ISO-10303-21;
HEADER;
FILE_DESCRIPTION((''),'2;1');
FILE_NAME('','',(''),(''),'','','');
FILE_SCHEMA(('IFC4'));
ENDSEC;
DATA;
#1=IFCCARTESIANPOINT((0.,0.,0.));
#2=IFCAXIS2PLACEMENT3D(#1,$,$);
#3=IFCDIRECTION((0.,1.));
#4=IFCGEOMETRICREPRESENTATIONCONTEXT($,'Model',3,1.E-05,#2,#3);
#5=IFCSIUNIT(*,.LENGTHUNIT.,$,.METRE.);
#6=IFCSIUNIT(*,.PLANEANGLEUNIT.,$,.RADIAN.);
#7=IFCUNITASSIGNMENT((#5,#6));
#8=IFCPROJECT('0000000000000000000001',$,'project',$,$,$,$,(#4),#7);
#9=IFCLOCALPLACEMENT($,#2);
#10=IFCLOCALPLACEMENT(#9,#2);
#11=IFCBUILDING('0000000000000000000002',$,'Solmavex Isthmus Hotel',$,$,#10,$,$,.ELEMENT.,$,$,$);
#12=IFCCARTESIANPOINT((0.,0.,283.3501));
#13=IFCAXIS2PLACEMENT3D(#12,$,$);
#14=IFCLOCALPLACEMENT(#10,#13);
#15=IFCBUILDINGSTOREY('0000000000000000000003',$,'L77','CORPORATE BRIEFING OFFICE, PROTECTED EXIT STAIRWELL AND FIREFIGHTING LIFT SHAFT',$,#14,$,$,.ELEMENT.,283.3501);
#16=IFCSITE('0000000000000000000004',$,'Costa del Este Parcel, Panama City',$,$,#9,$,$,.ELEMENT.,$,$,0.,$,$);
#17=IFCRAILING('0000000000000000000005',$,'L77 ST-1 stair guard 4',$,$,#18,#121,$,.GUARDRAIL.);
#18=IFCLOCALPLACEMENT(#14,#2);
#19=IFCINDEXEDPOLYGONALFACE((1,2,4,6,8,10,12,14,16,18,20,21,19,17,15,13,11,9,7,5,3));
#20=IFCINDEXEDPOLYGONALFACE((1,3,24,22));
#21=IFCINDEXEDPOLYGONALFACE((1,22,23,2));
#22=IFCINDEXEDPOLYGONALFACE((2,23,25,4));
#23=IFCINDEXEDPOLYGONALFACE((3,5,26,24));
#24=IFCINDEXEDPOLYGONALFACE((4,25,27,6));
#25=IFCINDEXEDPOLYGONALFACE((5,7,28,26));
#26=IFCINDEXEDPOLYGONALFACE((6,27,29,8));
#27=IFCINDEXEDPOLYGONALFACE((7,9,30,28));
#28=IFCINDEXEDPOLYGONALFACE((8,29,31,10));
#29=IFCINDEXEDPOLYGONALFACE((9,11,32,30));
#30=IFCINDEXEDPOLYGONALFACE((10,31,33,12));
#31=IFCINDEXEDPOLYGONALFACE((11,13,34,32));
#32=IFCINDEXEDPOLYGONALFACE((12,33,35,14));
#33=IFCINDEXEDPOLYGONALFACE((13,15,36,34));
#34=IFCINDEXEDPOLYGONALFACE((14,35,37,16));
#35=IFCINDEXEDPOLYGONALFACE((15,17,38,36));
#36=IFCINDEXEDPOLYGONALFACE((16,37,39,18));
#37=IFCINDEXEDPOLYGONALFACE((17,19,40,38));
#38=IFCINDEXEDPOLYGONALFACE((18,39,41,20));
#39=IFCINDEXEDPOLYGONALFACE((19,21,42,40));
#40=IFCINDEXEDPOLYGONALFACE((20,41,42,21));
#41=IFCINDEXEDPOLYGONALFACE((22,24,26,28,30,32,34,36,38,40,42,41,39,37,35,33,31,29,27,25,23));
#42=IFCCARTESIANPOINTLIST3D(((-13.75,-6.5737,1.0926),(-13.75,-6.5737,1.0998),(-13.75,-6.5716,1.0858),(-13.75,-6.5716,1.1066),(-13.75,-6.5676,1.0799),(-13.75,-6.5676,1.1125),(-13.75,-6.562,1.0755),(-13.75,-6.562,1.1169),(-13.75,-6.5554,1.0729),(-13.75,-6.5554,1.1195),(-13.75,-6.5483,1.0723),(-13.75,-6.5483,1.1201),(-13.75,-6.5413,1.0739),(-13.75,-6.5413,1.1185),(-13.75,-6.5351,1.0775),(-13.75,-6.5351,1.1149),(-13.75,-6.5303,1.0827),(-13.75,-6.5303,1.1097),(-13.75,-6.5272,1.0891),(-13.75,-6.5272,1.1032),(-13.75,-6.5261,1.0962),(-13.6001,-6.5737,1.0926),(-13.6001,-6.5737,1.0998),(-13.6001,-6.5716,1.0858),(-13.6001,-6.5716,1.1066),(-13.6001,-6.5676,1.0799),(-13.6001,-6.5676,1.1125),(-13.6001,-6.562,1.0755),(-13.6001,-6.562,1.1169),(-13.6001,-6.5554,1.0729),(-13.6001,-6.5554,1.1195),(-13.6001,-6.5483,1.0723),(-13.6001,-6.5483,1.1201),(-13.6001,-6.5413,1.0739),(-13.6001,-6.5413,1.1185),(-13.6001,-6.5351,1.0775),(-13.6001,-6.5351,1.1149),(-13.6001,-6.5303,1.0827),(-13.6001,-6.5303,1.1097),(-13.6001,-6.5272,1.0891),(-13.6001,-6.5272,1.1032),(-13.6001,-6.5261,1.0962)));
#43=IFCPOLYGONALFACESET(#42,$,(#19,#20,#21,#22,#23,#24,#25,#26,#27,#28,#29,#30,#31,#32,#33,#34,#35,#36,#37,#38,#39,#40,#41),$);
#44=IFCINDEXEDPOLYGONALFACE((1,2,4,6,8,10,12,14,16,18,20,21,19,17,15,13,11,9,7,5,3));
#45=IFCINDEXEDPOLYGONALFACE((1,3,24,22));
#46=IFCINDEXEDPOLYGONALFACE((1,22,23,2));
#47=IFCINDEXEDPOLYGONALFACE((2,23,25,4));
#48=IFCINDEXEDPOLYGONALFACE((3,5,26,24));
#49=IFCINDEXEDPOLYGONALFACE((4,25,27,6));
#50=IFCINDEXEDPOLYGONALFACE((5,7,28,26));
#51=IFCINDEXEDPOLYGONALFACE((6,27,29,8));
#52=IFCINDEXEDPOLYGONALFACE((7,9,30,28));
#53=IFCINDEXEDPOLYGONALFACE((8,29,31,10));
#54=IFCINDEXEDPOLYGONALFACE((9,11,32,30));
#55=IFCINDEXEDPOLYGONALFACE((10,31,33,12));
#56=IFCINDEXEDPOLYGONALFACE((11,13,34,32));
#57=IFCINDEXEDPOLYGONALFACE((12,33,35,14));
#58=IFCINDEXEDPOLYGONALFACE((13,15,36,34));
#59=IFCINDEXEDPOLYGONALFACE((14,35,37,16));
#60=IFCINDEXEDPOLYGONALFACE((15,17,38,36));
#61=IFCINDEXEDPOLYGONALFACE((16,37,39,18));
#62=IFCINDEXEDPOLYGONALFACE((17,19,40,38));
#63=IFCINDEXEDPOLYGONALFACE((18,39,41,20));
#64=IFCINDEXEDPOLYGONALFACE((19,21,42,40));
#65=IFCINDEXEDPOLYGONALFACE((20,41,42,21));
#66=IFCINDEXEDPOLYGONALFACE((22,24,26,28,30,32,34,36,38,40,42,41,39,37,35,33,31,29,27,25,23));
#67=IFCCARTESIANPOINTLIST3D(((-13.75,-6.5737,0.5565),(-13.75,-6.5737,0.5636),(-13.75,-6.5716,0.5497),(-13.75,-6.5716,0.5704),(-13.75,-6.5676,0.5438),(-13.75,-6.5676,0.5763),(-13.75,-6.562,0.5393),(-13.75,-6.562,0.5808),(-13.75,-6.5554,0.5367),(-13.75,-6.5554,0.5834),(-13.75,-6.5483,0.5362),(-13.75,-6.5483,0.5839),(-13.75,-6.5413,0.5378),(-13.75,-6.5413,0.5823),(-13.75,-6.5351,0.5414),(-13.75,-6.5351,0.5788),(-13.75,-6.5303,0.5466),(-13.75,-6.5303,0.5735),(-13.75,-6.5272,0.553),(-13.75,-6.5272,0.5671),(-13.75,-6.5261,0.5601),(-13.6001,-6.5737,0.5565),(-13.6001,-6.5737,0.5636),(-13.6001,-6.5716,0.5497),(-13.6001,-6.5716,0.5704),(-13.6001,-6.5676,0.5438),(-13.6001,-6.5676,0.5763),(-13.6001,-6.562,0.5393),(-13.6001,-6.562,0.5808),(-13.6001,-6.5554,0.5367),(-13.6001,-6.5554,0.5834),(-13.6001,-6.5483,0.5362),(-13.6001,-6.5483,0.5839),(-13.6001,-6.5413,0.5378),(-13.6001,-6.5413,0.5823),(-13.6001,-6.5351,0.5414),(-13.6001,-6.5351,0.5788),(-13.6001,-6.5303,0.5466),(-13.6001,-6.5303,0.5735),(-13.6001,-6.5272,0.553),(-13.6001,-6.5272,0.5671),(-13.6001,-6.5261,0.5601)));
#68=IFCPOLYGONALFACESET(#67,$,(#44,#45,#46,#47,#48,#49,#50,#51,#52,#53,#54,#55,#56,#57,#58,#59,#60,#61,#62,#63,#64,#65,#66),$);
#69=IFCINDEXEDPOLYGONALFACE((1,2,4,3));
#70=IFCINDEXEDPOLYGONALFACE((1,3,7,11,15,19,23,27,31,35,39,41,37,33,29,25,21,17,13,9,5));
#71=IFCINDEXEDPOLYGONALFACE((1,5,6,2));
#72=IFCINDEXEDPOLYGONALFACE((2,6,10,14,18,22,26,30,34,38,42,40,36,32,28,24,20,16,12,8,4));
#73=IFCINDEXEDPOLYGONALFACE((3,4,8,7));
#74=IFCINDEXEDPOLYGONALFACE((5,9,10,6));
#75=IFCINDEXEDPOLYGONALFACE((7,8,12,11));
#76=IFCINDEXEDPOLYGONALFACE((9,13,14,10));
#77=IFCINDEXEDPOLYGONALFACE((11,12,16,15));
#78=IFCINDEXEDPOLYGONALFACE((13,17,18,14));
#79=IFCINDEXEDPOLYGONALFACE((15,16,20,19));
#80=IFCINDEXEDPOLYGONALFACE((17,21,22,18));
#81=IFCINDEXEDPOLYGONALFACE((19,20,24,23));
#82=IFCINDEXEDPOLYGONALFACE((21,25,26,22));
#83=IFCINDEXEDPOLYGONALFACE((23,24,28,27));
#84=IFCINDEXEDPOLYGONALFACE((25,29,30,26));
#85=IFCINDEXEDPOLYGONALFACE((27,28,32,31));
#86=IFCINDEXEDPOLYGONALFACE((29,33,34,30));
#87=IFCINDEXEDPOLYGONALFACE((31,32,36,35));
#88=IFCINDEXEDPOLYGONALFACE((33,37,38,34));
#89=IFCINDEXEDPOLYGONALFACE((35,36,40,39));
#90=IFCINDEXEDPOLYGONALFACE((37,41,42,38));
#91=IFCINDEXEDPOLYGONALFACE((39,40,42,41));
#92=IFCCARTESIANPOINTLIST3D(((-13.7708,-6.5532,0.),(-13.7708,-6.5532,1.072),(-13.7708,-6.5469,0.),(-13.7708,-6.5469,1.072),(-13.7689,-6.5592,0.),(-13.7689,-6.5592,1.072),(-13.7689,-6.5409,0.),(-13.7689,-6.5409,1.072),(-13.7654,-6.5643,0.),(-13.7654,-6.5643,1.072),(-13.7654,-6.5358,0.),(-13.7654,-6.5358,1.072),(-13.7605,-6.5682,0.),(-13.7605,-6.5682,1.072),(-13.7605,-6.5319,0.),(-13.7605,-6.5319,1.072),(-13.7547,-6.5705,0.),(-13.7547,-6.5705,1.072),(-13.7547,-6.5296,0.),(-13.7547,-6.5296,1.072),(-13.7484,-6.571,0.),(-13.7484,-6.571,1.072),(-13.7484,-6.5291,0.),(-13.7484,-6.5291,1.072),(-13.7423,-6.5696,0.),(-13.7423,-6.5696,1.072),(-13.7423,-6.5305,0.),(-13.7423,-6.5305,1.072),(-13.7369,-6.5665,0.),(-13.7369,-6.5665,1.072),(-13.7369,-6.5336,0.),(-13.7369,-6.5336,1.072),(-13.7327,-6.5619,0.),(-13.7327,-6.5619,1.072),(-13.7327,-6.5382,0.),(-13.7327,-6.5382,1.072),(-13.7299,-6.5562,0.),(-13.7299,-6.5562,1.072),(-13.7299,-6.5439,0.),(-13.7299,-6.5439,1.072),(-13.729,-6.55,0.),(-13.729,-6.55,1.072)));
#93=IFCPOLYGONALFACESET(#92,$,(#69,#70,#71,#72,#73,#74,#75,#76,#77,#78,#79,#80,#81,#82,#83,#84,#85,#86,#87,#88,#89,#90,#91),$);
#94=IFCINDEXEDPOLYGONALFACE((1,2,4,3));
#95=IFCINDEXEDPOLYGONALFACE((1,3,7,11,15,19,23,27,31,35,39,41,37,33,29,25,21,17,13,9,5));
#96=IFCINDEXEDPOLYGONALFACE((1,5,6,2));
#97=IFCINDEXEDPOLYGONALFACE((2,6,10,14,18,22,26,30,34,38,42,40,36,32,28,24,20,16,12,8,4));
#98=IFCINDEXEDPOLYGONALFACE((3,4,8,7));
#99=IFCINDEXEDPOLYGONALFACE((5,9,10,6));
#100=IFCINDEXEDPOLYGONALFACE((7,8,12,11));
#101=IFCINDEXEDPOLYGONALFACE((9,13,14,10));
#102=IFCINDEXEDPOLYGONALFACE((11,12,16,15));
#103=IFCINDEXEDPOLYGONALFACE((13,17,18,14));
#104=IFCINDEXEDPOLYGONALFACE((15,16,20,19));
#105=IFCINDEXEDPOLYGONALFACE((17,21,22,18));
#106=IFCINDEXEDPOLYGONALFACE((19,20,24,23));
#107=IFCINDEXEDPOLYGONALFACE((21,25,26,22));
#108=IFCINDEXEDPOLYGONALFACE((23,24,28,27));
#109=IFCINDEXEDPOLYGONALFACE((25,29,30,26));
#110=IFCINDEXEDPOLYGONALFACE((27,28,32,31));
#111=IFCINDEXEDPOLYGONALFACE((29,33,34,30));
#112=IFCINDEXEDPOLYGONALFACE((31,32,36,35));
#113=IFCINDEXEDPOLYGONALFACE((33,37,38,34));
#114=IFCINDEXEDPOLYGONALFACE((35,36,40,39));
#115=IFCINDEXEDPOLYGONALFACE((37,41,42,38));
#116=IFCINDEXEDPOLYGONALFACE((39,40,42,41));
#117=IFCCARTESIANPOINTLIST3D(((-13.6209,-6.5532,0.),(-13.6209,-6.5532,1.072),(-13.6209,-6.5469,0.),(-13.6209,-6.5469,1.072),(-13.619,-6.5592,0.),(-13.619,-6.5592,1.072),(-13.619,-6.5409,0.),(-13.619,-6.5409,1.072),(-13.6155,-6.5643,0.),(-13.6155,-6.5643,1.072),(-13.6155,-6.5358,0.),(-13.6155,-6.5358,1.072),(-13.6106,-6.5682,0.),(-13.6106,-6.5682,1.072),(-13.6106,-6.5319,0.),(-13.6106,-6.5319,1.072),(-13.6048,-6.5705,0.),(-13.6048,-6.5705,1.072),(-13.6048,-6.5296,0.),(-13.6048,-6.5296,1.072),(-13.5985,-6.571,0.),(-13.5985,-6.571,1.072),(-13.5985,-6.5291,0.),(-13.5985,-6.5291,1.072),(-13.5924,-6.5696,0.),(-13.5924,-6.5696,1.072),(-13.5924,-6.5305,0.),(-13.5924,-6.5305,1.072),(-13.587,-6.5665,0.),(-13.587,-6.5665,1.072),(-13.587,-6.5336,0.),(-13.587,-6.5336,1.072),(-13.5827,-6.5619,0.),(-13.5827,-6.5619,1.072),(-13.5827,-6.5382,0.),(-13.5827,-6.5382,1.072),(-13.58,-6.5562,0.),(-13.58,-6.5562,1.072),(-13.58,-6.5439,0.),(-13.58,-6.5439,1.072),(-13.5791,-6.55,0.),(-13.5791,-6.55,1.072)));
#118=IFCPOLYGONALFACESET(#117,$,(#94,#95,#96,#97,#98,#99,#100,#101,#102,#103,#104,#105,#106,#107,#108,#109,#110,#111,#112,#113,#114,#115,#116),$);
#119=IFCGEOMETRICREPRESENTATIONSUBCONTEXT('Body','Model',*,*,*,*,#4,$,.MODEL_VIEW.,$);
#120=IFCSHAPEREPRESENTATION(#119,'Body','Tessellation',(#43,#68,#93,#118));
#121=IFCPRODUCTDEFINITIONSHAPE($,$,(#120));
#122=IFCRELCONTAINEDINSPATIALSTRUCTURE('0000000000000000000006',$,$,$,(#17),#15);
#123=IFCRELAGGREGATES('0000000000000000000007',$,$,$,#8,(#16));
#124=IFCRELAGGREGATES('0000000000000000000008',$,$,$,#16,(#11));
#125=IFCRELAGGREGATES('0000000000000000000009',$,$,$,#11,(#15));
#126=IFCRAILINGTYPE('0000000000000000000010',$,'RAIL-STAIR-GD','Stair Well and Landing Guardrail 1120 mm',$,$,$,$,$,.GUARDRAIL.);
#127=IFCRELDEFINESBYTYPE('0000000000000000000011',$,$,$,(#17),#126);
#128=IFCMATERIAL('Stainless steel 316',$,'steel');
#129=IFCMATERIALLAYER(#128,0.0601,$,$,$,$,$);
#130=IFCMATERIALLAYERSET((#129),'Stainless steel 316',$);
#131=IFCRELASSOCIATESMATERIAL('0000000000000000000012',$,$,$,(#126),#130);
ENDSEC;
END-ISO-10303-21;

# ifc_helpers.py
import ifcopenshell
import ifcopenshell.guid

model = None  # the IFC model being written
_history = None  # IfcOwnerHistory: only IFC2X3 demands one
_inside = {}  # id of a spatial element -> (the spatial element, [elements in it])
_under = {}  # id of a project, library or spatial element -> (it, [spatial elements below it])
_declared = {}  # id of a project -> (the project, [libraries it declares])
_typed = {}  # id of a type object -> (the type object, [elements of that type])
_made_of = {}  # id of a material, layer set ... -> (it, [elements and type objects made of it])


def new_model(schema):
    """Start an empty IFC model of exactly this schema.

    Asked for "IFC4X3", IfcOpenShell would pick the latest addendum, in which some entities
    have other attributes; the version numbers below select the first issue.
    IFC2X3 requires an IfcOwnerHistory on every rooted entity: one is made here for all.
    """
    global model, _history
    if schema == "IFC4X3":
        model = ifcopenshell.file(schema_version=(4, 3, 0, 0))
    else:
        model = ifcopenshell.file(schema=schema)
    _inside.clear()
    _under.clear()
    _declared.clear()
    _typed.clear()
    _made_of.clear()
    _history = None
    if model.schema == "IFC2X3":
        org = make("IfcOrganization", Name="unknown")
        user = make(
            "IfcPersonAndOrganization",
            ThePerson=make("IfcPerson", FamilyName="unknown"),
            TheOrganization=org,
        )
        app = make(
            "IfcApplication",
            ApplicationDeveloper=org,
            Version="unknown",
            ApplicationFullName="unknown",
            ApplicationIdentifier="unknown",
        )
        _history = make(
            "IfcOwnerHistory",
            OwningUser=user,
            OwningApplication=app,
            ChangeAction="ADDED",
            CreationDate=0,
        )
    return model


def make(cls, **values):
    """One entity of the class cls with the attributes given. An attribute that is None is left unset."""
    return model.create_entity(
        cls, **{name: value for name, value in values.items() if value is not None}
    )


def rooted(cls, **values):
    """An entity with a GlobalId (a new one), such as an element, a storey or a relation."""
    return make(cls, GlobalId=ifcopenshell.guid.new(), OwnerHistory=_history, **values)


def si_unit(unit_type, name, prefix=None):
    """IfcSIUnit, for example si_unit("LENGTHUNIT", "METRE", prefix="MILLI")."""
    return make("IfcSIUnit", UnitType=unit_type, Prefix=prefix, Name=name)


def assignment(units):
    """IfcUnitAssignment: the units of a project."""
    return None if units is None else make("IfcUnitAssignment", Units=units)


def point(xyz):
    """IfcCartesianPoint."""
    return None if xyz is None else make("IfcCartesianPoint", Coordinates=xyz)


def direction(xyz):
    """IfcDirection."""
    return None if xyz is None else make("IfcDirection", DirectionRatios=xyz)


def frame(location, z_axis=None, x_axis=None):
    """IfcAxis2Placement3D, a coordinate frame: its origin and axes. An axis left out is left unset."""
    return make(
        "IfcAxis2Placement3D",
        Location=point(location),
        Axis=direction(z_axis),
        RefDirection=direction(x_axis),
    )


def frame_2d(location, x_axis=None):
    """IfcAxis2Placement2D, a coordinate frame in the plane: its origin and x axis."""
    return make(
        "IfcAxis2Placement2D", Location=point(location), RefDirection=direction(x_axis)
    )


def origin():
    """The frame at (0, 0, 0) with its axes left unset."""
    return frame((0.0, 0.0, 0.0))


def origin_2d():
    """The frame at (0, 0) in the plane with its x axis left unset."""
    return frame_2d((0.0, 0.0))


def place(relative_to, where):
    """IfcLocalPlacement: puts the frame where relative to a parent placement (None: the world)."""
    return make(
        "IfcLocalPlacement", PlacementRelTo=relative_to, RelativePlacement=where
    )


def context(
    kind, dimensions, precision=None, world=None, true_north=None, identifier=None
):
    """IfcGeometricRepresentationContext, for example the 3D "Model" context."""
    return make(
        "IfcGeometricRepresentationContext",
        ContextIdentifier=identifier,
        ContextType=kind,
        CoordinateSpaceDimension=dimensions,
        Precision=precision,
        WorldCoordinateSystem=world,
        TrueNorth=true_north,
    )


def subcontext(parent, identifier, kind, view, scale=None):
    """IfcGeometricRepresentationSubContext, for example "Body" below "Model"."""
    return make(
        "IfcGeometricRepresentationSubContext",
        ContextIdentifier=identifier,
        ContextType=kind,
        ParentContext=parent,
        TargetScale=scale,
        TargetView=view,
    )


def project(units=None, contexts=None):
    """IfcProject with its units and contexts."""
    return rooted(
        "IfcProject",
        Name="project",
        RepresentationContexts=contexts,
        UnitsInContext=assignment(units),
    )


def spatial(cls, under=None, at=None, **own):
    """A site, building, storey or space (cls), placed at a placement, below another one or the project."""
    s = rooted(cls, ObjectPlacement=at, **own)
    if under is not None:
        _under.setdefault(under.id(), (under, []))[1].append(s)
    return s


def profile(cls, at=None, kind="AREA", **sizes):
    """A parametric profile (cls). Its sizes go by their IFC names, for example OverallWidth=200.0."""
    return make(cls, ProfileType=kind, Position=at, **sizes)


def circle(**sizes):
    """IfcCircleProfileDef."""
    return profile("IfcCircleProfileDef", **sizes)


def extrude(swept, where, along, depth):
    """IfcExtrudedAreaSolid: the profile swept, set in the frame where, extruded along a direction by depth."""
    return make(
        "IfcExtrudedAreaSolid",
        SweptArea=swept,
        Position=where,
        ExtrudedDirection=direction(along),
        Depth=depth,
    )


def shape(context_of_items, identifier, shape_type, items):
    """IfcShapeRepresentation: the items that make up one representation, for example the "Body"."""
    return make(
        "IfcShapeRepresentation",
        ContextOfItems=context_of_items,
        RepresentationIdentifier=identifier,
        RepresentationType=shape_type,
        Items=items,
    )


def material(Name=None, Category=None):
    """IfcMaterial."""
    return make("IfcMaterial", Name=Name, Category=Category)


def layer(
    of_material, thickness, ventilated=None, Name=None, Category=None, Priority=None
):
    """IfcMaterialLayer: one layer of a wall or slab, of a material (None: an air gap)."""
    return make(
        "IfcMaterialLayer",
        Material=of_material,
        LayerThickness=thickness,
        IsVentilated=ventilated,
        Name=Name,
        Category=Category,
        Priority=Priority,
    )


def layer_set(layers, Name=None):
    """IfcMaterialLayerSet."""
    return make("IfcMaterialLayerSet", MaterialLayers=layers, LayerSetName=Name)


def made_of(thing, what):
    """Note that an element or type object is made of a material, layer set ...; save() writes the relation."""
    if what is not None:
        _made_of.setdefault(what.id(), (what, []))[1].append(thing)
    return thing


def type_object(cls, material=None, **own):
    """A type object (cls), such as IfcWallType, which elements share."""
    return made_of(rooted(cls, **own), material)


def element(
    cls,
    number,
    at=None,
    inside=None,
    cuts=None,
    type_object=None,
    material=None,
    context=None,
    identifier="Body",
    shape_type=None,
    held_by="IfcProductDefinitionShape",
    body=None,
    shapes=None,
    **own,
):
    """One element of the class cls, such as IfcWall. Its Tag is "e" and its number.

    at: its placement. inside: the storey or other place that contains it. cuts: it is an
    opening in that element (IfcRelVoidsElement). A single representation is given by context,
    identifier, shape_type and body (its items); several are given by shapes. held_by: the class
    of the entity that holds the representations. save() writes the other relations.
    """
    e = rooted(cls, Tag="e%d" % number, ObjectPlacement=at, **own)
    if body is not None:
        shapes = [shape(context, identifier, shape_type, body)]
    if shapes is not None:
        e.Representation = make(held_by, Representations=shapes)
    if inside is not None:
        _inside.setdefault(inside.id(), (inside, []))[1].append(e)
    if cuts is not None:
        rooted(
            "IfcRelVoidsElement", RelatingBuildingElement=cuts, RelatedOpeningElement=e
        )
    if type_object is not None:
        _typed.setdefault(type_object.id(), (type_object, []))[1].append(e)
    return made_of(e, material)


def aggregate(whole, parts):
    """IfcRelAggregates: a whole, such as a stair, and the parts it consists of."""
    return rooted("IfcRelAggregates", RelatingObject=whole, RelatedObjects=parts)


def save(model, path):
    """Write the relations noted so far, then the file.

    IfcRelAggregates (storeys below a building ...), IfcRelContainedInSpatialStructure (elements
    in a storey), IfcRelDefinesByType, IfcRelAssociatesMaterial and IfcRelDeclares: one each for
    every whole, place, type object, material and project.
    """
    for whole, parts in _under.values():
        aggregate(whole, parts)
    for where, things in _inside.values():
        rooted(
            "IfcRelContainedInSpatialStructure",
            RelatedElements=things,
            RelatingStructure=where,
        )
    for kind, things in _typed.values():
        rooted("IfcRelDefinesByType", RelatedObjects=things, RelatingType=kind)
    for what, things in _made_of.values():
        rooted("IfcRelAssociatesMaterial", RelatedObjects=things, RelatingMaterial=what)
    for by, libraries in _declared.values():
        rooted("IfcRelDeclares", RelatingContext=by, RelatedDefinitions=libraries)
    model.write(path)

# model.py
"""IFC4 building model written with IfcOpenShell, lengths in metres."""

from ifc_helpers import new_model, si_unit, direction, frame, origin, origin_2d, place, context, subcontext, project, spatial, circle, extrude, material, layer, layer_set, type_object, element, save


model = new_model("IFC4")

# Units and contexts
model_context = context("Model", 3, precision=1e-05, world=origin(), true_north=direction((0.0, 1.0)))
body_context = subcontext(model_context, "Body", "Model", "MODEL_VIEW")
ifc_project = project(units=[si_unit("LENGTHUNIT", "METRE"), si_unit("PLANEANGLEUNIT", "RADIAN")], contexts=[model_context])

# Site, building, storey
site_placement = place(None, origin())
site = spatial("IfcSite", under=ifc_project, at=site_placement, Name="Costa del Este Parcel, Panama City", CompositionType="ELEMENT", RefElevation=0.0)
building_placement = place(site_placement, origin())
building = spatial("IfcBuilding", under=site, at=building_placement, Name="Solmavex Isthmus Hotel", CompositionType="ELEMENT")
storey_placement = place(building_placement, frame((0.0, 0.0, 283.3501)))
storey = spatial("IfcBuildingStorey", under=building, at=storey_placement, Name="L77", Description="CORPORATE BRIEFING OFFICE, PROTECTED EXIT STAIRWELL AND FIREFIGHTING LIFT SHAFT", CompositionType="ELEMENT", Elevation=283.3501)

# Shared definitions
ifc_material_1 = material(Name="Stainless steel 316", Category="steel")

# Railing
ifc_layer_1 = layer(ifc_material_1, 0.0601)
ifc_layer_set_1 = layer_set([ifc_layer_1], Name="Stainless steel 316")
railing_type_1 = type_object("IfcRailingType", Name="RAIL-STAIR-GD", Description="Stair Well and Landing Guardrail 1120 mm", PredefinedType="GUARDRAIL", material=ifc_layer_set_1)
railing_1_placement = place(storey_placement, frame((-13.75, -6.55, 0.0)))
element("IfcRailing", 1, at=railing_1_placement, inside=storey, type_object=railing_type_1, Name="L77 ST-1 stair guard 4", PredefinedType="GUARDRAIL", context=body_context, shape_type="SweptSolid", body=[
    extrude(circle(Radius=0.0239, at=origin_2d()), frame((0.0, 0.0, 1.0962), z_axis=(1.0, 0.0, 0.0), x_axis=(0.0, 1.0, 0.0)), (0.0, 0.0, 1.0), 0.1499),
    extrude(circle(Radius=0.0239, at=origin_2d()), frame((0.0, 0.0, 0.5601), z_axis=(1.0, 0.0, 0.0), x_axis=(0.0, 1.0, 0.0)), (0.0, 0.0, 1.0), 0.1499),
    extrude(circle(Radius=0.021, at=origin_2d()), origin(), (0.0, 0.0, 1.0), 1.072),
    extrude(circle(Radius=0.021, at=origin_2d()), frame((0.1499, 0.0, 0.0)), (0.0, 0.0, 1.0), 1.072),
])

save(model, "model.ifc")
